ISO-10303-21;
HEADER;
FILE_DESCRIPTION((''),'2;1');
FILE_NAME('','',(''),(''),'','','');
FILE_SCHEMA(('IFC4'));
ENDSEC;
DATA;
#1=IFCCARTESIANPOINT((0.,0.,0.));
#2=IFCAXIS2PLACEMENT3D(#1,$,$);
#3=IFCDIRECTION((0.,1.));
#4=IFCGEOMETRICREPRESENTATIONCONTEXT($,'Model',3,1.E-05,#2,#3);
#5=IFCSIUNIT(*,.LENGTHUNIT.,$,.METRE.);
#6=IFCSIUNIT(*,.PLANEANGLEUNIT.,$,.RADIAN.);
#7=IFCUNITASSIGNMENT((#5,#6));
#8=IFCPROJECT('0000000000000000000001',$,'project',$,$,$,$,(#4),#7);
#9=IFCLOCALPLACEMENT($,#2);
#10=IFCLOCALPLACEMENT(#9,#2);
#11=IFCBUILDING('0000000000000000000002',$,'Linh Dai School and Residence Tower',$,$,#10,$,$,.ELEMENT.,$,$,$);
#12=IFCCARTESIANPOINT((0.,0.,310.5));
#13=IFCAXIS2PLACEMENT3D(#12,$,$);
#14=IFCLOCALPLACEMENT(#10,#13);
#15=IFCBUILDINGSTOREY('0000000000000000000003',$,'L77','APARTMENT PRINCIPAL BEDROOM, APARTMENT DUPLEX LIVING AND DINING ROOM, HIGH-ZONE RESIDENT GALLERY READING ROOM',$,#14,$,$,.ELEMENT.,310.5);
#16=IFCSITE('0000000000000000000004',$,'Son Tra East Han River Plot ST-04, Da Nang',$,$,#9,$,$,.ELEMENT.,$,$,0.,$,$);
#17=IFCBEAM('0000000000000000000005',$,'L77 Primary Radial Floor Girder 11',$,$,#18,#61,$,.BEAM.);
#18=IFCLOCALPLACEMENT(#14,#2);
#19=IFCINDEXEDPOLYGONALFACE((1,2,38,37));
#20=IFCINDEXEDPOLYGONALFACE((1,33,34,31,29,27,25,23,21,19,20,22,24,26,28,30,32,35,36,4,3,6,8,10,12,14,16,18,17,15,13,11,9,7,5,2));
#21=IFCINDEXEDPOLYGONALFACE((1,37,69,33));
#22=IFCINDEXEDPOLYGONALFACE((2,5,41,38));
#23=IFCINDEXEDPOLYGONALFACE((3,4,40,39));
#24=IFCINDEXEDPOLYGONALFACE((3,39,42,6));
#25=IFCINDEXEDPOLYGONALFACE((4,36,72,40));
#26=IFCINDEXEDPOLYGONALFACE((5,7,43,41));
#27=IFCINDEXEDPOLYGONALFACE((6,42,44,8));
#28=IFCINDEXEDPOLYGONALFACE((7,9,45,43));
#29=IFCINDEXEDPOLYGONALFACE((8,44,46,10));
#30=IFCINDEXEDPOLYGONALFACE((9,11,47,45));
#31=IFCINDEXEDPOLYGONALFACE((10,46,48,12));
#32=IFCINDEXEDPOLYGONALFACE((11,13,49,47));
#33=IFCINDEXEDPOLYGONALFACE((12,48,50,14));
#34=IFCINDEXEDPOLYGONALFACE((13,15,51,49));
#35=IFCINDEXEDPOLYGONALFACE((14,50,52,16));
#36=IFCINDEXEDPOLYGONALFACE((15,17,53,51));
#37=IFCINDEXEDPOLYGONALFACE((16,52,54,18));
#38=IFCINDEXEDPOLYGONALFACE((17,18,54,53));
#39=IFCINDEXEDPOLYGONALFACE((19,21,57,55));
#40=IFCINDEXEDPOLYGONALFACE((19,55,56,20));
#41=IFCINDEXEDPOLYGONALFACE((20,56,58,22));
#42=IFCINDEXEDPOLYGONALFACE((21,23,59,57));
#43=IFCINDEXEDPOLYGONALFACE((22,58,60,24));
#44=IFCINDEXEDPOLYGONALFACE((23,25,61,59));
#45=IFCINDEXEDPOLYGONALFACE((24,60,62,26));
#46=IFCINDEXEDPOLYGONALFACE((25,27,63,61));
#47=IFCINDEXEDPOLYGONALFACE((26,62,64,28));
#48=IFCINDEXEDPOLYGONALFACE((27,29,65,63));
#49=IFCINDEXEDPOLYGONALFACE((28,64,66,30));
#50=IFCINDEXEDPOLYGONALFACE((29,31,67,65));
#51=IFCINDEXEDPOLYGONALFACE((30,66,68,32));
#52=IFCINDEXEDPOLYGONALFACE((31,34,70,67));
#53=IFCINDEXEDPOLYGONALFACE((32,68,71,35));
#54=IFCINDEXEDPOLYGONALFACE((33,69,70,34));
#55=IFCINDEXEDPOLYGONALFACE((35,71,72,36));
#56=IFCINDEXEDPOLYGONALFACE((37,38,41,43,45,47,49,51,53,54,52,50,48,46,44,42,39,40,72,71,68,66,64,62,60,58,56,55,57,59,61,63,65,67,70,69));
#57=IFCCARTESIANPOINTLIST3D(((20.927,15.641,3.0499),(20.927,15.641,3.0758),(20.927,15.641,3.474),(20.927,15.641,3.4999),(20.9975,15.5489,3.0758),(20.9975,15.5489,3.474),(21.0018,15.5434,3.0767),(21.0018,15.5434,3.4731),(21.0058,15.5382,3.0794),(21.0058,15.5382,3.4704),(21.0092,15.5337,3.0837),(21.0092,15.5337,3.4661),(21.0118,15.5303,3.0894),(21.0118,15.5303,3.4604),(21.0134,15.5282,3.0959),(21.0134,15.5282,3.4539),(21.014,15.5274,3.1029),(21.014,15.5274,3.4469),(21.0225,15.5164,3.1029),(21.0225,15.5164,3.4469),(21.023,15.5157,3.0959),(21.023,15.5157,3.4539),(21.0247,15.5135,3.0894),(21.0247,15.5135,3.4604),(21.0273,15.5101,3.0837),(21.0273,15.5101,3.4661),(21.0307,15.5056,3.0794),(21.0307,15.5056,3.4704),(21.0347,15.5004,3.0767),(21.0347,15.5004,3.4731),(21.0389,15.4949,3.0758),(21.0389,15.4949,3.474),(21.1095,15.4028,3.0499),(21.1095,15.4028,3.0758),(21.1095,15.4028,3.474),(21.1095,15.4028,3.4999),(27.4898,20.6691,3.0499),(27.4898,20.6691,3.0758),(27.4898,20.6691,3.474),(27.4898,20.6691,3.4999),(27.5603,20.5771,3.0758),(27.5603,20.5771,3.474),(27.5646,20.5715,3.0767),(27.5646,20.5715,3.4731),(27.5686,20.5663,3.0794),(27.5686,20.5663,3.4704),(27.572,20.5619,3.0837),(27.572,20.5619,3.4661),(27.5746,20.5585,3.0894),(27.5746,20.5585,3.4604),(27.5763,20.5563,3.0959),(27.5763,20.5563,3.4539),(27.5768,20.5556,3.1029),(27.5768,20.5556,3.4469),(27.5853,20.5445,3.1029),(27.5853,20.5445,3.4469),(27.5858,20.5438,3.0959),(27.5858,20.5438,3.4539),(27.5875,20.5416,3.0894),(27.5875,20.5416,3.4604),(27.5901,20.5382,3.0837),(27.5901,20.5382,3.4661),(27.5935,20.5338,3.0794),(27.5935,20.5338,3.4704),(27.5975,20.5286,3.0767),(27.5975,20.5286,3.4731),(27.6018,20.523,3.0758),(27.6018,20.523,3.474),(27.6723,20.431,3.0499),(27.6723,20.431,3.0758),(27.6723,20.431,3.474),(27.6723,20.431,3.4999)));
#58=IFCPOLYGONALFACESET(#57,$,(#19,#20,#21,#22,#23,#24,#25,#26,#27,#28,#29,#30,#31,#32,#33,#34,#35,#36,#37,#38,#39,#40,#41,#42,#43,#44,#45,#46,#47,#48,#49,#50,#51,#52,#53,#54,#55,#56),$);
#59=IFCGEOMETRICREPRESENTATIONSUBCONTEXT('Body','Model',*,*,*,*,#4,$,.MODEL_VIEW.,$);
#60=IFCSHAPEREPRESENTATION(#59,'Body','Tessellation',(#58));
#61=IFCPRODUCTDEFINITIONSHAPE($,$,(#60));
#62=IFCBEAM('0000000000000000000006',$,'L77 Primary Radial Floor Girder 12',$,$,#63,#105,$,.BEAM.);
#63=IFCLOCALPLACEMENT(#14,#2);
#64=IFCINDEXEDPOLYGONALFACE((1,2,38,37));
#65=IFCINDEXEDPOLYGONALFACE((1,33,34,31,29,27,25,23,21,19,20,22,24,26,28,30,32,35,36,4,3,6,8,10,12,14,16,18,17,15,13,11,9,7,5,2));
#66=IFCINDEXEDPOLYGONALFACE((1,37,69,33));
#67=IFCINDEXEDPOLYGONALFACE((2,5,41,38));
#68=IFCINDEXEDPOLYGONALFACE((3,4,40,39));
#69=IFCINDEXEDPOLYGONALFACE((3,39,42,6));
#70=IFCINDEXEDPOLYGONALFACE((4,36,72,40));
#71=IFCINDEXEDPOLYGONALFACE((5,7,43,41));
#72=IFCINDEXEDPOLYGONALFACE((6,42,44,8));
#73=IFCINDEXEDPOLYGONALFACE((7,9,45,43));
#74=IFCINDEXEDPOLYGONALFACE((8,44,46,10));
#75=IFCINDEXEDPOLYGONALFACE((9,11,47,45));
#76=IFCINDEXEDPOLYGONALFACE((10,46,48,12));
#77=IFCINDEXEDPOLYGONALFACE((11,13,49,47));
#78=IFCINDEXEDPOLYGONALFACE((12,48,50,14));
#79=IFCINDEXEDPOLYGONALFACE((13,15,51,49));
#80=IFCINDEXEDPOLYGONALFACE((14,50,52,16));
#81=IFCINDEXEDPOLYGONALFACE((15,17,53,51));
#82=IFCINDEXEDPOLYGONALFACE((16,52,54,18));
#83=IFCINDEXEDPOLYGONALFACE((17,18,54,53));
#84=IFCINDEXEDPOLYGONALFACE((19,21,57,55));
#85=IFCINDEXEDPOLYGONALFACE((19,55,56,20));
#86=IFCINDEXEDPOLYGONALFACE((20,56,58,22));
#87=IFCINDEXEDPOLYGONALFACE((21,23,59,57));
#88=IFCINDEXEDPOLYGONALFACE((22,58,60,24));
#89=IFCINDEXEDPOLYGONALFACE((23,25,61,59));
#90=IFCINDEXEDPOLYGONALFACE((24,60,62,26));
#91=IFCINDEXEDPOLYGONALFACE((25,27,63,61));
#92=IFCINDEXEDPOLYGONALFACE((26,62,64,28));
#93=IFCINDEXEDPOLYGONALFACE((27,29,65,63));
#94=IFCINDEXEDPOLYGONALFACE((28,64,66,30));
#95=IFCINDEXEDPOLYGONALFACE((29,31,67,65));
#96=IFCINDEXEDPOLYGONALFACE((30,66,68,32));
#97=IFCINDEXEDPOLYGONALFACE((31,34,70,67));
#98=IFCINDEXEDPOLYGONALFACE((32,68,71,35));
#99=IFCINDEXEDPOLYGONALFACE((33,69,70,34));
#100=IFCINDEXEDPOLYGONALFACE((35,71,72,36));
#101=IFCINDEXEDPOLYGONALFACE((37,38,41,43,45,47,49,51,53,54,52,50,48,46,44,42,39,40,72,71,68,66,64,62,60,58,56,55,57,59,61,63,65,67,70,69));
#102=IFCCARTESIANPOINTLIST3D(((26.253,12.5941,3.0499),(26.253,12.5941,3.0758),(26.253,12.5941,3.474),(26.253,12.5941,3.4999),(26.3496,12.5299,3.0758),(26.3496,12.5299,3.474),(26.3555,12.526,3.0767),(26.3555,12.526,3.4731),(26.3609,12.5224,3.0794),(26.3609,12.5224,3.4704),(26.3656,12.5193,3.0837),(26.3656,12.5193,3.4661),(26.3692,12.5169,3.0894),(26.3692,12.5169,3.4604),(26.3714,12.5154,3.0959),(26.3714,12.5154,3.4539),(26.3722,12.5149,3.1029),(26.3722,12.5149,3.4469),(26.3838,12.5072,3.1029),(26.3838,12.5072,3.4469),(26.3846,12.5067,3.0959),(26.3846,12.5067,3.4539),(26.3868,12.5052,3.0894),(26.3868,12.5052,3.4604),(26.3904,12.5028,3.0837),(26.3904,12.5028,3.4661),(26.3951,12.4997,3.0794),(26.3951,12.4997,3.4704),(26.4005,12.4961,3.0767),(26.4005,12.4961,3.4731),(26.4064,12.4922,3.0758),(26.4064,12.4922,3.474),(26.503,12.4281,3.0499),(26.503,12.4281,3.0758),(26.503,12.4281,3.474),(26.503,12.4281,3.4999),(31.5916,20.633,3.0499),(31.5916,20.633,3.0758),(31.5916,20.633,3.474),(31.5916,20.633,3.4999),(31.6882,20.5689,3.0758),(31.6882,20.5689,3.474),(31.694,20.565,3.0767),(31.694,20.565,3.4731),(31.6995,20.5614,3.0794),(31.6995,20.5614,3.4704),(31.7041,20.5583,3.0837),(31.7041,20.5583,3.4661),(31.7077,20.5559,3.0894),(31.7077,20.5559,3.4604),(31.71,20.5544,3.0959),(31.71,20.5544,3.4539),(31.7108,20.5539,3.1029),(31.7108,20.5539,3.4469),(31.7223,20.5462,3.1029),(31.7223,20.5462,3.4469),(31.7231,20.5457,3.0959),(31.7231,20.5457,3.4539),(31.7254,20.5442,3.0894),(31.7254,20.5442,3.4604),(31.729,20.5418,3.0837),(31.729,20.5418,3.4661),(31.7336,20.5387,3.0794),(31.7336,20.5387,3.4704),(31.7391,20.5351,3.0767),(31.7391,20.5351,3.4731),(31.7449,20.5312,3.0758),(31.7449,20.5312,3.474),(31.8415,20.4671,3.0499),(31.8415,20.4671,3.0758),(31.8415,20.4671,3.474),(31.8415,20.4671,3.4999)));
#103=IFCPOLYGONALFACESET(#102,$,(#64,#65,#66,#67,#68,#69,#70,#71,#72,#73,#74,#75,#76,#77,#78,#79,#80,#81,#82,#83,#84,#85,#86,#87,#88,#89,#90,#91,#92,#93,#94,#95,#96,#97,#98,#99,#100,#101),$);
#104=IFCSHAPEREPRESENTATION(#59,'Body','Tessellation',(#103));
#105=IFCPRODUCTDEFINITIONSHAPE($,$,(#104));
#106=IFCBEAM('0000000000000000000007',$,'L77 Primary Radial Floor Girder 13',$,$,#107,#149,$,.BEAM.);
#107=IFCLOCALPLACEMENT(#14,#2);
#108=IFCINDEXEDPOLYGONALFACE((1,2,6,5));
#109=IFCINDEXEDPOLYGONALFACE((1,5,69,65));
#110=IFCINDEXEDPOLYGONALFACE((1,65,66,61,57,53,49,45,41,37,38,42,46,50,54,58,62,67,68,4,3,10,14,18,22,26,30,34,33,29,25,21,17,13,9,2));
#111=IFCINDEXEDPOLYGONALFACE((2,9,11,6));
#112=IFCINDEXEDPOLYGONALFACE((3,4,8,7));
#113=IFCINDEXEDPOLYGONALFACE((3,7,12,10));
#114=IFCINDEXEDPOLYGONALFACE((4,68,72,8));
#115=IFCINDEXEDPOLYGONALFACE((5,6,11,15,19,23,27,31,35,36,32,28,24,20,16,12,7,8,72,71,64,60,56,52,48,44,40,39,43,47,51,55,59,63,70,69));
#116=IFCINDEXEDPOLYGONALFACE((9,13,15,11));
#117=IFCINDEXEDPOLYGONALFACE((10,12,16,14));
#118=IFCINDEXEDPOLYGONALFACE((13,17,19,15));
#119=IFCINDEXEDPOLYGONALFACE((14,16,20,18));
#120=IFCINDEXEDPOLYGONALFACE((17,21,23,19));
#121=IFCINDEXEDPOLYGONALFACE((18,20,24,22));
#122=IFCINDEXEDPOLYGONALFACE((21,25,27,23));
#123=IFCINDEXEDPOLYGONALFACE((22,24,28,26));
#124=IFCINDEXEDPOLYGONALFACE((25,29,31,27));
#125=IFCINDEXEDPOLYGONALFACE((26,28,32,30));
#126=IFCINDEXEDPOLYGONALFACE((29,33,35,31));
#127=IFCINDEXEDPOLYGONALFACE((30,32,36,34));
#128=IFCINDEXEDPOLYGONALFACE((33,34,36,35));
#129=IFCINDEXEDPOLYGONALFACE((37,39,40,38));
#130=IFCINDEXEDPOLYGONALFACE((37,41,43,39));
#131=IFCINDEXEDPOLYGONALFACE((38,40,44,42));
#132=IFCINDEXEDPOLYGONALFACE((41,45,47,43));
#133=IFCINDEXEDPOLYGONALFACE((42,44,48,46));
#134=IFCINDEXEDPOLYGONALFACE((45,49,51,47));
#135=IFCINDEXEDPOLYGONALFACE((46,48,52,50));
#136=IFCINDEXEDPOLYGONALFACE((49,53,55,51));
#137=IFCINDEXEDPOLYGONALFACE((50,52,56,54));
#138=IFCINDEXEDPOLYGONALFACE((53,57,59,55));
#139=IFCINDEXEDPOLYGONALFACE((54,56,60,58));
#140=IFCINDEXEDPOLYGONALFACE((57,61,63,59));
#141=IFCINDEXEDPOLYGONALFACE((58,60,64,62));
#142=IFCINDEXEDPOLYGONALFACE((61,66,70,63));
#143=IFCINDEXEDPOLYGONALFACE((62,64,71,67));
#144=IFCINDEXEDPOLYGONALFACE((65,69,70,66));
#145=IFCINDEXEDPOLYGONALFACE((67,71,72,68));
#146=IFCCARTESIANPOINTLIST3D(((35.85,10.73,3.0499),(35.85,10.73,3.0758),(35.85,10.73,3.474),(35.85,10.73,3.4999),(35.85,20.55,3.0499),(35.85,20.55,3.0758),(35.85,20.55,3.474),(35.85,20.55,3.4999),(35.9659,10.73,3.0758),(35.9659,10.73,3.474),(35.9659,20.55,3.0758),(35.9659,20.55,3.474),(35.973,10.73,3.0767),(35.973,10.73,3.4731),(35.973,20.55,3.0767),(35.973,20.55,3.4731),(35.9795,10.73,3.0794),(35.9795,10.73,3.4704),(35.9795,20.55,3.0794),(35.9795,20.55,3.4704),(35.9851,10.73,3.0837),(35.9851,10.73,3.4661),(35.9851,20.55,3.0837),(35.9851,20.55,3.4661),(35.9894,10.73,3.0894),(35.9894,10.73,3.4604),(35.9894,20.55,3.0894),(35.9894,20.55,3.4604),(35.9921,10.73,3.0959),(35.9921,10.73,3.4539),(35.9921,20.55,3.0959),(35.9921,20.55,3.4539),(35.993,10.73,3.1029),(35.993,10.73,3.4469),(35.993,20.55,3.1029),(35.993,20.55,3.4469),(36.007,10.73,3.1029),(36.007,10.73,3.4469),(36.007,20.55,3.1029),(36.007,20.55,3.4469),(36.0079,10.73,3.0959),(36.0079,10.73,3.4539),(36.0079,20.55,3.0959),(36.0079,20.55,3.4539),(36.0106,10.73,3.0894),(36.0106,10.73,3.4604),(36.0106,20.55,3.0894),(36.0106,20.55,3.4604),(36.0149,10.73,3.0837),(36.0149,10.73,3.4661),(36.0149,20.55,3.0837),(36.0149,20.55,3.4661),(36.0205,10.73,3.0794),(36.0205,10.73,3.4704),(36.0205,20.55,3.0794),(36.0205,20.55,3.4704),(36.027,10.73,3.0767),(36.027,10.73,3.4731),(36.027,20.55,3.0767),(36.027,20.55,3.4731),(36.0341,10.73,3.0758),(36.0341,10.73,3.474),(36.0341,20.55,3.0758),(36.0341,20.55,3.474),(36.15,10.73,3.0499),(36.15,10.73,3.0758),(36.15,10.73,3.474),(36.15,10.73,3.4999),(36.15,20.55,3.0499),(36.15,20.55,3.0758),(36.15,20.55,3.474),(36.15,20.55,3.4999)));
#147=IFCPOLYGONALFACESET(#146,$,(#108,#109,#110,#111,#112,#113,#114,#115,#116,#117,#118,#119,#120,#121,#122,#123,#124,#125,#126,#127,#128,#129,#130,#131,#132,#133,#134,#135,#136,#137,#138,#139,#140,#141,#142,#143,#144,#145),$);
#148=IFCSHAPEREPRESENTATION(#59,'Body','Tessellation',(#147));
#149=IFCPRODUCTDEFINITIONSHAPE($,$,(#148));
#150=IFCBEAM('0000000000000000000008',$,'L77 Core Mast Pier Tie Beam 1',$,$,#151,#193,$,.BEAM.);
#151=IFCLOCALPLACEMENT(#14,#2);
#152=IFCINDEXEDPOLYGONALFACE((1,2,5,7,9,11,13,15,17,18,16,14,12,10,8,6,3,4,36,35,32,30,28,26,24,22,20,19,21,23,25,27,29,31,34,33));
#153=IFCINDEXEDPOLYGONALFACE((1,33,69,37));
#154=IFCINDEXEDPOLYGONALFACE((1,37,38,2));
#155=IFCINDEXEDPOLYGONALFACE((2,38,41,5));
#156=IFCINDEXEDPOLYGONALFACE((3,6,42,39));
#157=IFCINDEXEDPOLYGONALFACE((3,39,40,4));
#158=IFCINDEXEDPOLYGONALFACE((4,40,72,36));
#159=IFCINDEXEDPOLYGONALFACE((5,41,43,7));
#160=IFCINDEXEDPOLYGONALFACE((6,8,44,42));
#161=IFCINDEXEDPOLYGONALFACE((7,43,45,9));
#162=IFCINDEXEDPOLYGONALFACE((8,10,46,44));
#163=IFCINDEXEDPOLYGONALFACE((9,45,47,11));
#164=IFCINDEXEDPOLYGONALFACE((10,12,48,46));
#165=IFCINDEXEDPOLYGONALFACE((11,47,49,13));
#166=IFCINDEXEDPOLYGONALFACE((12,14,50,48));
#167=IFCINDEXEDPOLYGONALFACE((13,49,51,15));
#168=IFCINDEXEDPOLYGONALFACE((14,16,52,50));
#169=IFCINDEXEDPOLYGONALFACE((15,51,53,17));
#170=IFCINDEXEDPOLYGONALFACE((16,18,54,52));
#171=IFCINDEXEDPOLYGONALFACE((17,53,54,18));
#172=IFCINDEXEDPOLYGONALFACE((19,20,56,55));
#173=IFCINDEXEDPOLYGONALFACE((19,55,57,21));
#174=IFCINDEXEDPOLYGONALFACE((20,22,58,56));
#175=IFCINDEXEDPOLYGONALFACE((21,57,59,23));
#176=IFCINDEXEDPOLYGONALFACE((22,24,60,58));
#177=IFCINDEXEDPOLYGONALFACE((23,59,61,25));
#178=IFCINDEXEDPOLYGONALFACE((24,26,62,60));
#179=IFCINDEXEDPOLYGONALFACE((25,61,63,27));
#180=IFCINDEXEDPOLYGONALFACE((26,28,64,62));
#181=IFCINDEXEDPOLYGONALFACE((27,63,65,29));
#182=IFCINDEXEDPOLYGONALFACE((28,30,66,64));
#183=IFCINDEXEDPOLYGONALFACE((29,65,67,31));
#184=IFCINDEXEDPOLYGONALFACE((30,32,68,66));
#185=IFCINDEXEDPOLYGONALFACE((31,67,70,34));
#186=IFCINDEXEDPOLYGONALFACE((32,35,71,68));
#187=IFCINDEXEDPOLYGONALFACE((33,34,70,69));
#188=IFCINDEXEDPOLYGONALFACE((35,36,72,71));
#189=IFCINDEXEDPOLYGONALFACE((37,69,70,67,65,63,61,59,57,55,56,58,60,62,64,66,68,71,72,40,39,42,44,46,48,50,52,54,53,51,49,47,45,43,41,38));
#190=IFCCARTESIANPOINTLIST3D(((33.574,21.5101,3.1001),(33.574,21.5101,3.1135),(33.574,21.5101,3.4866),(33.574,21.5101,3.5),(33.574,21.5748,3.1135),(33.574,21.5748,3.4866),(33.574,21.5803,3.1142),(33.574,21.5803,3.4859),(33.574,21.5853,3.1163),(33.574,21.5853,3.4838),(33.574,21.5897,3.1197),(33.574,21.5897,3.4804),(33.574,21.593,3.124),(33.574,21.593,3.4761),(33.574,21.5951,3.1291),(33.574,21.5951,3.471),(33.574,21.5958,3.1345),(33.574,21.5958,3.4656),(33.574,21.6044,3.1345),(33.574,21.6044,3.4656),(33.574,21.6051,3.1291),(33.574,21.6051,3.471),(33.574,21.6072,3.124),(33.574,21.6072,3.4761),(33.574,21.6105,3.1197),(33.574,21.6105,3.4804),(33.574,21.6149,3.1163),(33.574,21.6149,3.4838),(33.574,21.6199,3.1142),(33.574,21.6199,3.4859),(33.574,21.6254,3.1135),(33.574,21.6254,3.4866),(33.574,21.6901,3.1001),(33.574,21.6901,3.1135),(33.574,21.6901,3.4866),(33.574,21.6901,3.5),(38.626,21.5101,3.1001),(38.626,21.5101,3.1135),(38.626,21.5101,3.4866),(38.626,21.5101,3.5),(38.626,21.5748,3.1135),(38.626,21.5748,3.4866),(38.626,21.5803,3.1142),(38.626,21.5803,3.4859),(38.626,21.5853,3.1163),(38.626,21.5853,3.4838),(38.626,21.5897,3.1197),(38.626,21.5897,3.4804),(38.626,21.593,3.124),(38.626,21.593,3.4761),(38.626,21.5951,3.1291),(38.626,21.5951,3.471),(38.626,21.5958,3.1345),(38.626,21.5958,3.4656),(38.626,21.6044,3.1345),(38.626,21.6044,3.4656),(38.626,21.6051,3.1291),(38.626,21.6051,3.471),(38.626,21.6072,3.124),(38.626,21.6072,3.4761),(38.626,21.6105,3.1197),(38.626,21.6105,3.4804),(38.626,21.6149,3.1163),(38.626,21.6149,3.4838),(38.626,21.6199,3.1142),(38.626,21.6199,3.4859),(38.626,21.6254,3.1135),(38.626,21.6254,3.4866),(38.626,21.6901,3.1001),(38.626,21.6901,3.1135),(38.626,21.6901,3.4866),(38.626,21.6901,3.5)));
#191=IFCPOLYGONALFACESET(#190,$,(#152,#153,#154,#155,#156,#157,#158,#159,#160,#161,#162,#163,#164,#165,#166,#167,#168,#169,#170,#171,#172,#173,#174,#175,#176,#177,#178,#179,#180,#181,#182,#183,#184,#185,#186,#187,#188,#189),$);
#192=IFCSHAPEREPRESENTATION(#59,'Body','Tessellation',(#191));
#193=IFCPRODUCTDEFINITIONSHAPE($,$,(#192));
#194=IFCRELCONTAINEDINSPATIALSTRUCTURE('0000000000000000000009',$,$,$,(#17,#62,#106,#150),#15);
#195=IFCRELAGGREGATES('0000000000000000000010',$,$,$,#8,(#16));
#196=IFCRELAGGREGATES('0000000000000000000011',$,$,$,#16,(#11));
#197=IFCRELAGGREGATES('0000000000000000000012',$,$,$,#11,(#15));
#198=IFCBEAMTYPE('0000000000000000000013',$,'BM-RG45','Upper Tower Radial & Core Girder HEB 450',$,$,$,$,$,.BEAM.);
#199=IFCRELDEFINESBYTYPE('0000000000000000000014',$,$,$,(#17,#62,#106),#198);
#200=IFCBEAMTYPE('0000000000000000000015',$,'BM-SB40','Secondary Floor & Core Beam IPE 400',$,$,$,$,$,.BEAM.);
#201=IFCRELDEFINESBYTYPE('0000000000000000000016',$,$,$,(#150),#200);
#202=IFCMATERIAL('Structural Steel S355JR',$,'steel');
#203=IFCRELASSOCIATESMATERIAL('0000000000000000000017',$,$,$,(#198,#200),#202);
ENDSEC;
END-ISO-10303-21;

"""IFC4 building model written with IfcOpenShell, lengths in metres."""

from ifc_helpers import new_model, si_unit, direction, frame, origin, origin_2d, place, context, subcontext, project, spatial, i_section, extrude, material, material_profile, profile_set, type_object, element, save


model = new_model("IFC4")

# Units and contexts
model_context = context("Model", 3, precision=1e-05, world=origin(), true_north=direction((0.0, 1.0)))
body_context = subcontext(model_context, "Body", "Model", "MODEL_VIEW")
ifc_project = project(units=[si_unit("LENGTHUNIT", "METRE"), si_unit("PLANEANGLEUNIT", "RADIAN")], contexts=[model_context])

# Site, building, storey
site_placement = place(None, origin())
site = spatial("IfcSite", under=ifc_project, at=site_placement, Name="Son Tra East Han River Plot ST-04, Da Nang", CompositionType="ELEMENT", RefElevation=0.0)
building_placement = place(site_placement, origin())
building = spatial("IfcBuilding", under=site, at=building_placement, Name="Linh Dai School and Residence Tower", CompositionType="ELEMENT")
storey_placement = place(building_placement, frame((0.0, 0.0, 310.5)))
storey = spatial("IfcBuildingStorey", under=building, at=storey_placement, Name="L77", Description="APARTMENT PRINCIPAL BEDROOM, APARTMENT DUPLEX LIVING AND DINING ROOM, HIGH-ZONE RESIDENT GALLERY READING ROOM", CompositionType="ELEMENT", Elevation=310.5)

# Shared definitions
ifc_material_1 = material(Name="Structural Steel S355JR", Category="steel")

# Beams
ifc_material_profile_1 = material_profile(ifc_material_1, i_section(OverallWidth=0.3, OverallDepth=0.45, WebThickness=0.0139, FlangeThickness=0.0259, FilletRadius=0.0271, at=origin_2d()), Name="HEB 450")
ifc_profile_set_1 = profile_set([ifc_material_profile_1], Name="Structural Steel S355JR")
beam_type_1 = type_object("IfcBeamType", Name="BM-RG45", Description="Upper Tower Radial & Core Girder HEB 450", PredefinedType="BEAM", material=ifc_profile_set_1)
beam_1_placement = place(storey_placement, frame((27.5811, 20.55, 3.2749), z_axis=(-0.793803, -0.608175, 0.0), x_axis=(0.608175, -0.793803, 0.0)))
element("IfcBeam", 1, at=beam_1_placement, inside=storey, type_object=beam_type_1, Name="L77 Primary Radial Floor Girder 11", PredefinedType="BEAM", context=body_context, shape_type="SweptSolid", body=[
    extrude(i_section(OverallWidth=0.3, OverallDepth=0.45, WebThickness=0.0139, FlangeThickness=0.0259, FilletRadius=0.0271, at=origin_2d()), origin(), (0.0, 0.0, 1.0), 8.2676),
])
beam_2_placement = place(storey_placement, frame((31.7166, 20.55, 3.2749), z_axis=(-0.553211, -0.833041, 0.0), x_axis=(0.833041, -0.553211, 0.0)))
element("IfcBeam", 2, at=beam_2_placement, inside=storey, type_object=beam_type_1, Name="L77 Primary Radial Floor Girder 12", PredefinedType="BEAM", context=body_context, shape_type="SweptSolid", body=[
    extrude(i_section(OverallWidth=0.3, OverallDepth=0.45, WebThickness=0.0139, FlangeThickness=0.0259, FilletRadius=0.0271, at=origin_2d()), origin(), (0.0, 0.0, 1.0), 9.6501),
])
beam_3_placement = place(storey_placement, frame((36.0, 20.55, 3.2749), z_axis=(0.0, -1.0, 0.0), x_axis=(1.0, 0.0, 0.0)))
element("IfcBeam", 3, at=beam_3_placement, inside=storey, type_object=beam_type_1, Name="L77 Primary Radial Floor Girder 13", PredefinedType="BEAM", context=body_context, shape_type="SweptSolid", body=[
    extrude(i_section(OverallWidth=0.3, OverallDepth=0.45, WebThickness=0.0139, FlangeThickness=0.0259, FilletRadius=0.0271, at=origin_2d()), origin(), (0.0, 0.0, 1.0), 9.8201),
])
ifc_material_profile_2 = material_profile(ifc_material_1, i_section(OverallWidth=0.1799, OverallDepth=0.3999, WebThickness=0.0085, FlangeThickness=0.0134, FilletRadius=0.021, at=origin_2d()), Name="IPE 400")
ifc_profile_set_2 = profile_set([ifc_material_profile_2], Name="Structural Steel S355JR")
beam_type_2 = type_object("IfcBeamType", Name="BM-SB40", Description="Secondary Floor & Core Beam IPE 400", PredefinedType="BEAM", material=ifc_profile_set_2)
beam_4_placement = place(storey_placement, frame((33.574, 21.6001, 3.3), z_axis=(1.0, 0.0, 0.0), x_axis=(0.0, 1.0, 0.0)))
element("IfcBeam", 4, at=beam_4_placement, inside=storey, type_object=beam_type_2, Name="L77 Core Mast Pier Tie Beam 1", PredefinedType="BEAM", context=body_context, shape_type="SweptSolid", body=[
    extrude(i_section(OverallWidth=0.1799, OverallDepth=0.3999, WebThickness=0.0085, FlangeThickness=0.0134, FilletRadius=0.021, at=origin_2d()), origin(), (0.0, 0.0, 1.0), 5.052),
])

save(model, "model.ifc")
